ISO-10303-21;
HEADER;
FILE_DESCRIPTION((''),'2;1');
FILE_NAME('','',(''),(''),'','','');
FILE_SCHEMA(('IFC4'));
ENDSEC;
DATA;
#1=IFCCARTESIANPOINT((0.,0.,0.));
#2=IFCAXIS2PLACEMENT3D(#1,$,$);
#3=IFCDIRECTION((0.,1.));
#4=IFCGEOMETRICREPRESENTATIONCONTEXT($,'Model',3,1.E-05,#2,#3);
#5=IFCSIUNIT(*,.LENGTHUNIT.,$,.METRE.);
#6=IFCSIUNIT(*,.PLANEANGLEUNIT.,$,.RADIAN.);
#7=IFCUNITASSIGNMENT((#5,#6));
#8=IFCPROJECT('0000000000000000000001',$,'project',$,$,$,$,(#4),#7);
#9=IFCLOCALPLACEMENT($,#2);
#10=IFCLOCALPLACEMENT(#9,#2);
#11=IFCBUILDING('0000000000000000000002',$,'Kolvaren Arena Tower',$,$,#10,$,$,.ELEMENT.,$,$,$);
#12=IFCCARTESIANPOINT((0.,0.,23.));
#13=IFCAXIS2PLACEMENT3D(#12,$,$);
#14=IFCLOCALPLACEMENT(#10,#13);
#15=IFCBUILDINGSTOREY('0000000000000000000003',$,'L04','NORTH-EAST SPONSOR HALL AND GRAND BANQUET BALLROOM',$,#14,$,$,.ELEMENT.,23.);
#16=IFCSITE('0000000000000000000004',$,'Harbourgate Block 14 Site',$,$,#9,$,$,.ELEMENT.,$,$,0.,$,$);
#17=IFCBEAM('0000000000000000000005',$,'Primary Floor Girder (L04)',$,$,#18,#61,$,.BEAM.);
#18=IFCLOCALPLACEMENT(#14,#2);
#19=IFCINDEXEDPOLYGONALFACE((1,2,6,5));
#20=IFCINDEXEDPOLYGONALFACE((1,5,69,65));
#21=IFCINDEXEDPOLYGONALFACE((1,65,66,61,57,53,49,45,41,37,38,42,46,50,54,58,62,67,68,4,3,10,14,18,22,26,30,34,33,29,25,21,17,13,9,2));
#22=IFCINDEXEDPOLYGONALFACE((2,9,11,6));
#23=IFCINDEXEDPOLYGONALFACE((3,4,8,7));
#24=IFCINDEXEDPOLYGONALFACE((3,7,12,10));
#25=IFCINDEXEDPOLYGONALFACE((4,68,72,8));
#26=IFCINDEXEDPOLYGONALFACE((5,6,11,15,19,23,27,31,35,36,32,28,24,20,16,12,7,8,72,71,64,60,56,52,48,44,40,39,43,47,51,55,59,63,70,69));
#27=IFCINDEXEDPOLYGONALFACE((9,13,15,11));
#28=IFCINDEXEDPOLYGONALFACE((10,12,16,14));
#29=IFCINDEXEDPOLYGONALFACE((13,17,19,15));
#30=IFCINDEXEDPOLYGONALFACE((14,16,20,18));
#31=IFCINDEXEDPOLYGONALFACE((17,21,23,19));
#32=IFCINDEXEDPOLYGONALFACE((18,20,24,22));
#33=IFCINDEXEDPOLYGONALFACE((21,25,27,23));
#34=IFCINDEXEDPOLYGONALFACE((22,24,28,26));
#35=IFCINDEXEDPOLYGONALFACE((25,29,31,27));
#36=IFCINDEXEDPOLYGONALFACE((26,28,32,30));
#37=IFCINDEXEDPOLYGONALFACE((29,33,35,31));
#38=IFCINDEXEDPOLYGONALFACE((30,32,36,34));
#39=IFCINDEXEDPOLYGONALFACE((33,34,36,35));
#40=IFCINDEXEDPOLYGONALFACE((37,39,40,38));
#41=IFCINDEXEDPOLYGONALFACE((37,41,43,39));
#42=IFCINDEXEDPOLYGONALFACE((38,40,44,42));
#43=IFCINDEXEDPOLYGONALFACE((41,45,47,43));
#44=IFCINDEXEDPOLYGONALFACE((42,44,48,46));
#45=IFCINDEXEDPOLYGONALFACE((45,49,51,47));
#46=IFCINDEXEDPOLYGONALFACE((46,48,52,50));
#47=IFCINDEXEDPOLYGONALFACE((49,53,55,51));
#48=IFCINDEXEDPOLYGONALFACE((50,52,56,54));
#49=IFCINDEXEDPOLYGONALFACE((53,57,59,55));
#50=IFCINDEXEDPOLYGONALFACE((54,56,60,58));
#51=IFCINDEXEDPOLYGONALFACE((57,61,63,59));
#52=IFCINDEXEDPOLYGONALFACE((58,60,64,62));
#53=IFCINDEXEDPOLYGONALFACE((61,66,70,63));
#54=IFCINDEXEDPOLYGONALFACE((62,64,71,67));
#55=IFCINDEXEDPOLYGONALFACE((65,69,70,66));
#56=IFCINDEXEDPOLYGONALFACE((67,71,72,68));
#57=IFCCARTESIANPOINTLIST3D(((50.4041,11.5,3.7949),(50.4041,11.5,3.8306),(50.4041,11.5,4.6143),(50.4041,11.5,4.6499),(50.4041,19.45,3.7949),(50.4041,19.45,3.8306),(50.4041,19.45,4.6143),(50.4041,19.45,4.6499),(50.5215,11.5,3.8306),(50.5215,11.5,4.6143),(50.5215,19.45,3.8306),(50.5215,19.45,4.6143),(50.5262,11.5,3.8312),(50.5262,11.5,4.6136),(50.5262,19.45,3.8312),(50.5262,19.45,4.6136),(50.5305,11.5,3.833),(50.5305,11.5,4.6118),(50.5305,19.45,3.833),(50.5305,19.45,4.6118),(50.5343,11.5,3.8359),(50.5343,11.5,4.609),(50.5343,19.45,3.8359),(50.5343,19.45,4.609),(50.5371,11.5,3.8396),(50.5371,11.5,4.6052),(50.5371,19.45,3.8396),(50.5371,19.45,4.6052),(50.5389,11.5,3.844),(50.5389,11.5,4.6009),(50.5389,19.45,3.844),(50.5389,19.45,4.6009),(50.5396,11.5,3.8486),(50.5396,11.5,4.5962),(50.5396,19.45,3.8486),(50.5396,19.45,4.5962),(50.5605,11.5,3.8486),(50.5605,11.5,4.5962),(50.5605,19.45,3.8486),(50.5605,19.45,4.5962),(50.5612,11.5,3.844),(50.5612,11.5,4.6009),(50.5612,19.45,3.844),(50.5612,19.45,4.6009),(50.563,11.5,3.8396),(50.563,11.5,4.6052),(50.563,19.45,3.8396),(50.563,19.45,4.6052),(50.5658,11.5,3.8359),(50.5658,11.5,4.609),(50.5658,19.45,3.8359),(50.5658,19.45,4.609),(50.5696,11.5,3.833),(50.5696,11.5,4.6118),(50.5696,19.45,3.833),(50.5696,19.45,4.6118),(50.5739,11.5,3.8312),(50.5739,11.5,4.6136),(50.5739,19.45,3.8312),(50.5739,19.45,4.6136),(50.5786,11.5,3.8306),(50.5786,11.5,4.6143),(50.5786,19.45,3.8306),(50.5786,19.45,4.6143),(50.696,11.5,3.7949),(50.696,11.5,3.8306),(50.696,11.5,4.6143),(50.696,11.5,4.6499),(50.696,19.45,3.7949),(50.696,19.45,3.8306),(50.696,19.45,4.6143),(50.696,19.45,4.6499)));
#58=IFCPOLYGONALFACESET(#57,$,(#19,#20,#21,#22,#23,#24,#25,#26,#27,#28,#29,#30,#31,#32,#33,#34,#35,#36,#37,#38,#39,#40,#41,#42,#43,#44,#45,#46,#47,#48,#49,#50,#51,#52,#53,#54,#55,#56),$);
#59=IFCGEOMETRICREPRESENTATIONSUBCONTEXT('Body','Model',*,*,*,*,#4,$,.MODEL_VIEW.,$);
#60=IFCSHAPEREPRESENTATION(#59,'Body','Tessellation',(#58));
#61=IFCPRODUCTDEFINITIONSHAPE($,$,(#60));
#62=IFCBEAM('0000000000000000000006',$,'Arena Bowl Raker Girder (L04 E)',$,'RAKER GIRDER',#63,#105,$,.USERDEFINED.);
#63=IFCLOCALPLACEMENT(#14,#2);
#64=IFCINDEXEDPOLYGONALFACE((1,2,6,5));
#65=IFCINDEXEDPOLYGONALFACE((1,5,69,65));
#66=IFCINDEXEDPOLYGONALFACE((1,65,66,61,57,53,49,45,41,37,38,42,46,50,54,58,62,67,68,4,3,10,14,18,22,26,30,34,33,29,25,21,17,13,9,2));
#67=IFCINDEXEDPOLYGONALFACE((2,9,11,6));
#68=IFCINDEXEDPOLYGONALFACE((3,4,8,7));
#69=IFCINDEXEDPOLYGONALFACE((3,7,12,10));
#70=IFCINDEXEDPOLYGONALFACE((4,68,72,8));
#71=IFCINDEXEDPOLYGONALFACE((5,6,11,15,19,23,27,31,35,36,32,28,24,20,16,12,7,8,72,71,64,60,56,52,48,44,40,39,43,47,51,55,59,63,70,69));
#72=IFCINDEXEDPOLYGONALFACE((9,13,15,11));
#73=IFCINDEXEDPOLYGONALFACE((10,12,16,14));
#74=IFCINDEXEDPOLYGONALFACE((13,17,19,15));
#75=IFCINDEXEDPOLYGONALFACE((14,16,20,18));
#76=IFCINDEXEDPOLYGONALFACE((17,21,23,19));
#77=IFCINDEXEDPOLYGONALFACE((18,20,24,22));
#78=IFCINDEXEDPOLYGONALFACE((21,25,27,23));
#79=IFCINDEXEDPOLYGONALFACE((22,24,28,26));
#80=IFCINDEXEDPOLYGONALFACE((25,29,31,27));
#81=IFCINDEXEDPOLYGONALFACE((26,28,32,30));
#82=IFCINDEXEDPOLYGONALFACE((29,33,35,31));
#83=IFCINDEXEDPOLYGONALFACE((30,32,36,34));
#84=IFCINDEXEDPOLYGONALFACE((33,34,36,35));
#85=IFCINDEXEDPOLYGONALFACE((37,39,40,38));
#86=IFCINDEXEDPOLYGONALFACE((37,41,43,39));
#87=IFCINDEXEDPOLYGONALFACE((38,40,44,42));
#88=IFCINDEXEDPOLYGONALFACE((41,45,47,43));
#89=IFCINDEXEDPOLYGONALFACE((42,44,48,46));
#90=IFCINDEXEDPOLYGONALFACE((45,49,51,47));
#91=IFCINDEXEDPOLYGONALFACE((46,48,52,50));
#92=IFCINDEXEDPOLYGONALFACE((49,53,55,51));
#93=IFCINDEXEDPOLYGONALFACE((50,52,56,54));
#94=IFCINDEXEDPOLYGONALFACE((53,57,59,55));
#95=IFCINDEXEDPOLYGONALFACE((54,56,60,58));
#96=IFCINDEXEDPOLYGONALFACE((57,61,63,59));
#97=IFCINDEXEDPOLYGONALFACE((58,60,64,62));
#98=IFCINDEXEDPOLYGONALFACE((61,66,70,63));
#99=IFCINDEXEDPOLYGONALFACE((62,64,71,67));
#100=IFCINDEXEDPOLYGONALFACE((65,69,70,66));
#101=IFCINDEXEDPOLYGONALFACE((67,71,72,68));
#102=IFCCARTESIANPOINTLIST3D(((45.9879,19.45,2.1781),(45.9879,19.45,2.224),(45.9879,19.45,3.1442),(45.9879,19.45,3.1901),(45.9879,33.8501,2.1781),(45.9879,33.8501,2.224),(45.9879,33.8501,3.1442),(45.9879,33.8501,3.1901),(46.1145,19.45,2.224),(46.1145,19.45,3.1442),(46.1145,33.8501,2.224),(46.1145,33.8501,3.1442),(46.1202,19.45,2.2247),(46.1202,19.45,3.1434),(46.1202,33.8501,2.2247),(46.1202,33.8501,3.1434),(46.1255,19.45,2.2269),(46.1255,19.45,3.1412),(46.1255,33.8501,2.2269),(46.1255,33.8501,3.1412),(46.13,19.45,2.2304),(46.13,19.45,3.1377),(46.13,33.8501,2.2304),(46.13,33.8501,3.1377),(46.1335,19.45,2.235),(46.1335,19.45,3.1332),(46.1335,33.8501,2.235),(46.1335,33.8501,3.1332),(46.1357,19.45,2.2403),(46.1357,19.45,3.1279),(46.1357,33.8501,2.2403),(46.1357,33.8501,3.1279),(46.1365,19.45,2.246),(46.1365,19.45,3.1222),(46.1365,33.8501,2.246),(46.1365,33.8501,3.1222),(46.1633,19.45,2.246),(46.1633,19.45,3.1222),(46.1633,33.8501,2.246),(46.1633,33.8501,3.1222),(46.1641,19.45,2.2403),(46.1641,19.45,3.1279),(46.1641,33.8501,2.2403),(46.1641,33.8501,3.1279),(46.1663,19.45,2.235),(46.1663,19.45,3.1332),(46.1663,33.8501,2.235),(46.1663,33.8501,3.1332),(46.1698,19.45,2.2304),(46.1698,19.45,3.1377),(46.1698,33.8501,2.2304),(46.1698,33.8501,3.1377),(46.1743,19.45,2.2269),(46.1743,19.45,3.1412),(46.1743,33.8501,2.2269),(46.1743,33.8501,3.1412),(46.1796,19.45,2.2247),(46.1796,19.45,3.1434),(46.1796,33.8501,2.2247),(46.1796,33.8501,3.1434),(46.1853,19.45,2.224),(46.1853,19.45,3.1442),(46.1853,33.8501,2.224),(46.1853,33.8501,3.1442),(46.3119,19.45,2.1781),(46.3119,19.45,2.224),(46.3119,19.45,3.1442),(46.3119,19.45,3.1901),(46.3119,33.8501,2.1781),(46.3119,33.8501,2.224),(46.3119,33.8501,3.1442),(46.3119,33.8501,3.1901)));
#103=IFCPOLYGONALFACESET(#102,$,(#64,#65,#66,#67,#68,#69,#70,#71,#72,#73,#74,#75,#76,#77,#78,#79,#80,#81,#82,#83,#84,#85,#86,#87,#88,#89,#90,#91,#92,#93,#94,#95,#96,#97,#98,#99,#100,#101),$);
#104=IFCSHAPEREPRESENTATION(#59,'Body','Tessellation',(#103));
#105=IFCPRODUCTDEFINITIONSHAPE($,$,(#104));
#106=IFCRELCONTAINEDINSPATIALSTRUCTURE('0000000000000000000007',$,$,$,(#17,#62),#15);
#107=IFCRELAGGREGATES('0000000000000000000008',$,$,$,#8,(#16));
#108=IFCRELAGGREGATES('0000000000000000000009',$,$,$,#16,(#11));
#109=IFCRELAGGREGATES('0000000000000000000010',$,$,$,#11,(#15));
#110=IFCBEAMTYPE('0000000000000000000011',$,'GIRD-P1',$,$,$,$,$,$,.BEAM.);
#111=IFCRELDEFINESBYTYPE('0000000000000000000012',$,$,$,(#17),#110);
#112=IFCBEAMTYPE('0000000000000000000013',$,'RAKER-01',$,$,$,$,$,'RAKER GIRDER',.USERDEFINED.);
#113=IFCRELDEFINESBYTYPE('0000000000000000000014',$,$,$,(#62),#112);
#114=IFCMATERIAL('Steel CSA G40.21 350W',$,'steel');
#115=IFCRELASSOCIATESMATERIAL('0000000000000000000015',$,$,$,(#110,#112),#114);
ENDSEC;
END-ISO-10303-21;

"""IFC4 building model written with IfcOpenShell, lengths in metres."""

from ifc_helpers import new_model, si_unit, direction, frame, origin, origin_2d, place, context, subcontext, project, spatial, i_section, extrude, material, material_profile, profile_set, type_object, element, save


model = new_model("IFC4")

# Units and contexts
model_context = context("Model", 3, precision=1e-05, world=origin(), true_north=direction((0.0, 1.0)))
body_context = subcontext(model_context, "Body", "Model", "MODEL_VIEW")
ifc_project = project(units=[si_unit("LENGTHUNIT", "METRE"), si_unit("PLANEANGLEUNIT", "RADIAN")], contexts=[model_context])

# Site, building, storey
site_placement = place(None, origin())
site = spatial("IfcSite", under=ifc_project, at=site_placement, Name="Harbourgate Block 14 Site", CompositionType="ELEMENT", RefElevation=0.0)
building_placement = place(site_placement, origin())
building = spatial("IfcBuilding", under=site, at=building_placement, Name="Kolvaren Arena Tower", CompositionType="ELEMENT")
storey_placement = place(building_placement, frame((0.0, 0.0, 23.0)))
storey = spatial("IfcBuildingStorey", under=building, at=storey_placement, Name="L04", Description="NORTH-EAST SPONSOR HALL AND GRAND BANQUET BALLROOM", CompositionType="ELEMENT", Elevation=23.0)

# Beams
ifc_material_1 = material(Name="Steel CSA G40.21 350W", Category="steel")
ifc_material_profile_1 = material_profile(ifc_material_1, i_section(OverallWidth=0.292, OverallDepth=0.855, WebThickness=0.021, FlangeThickness=0.0356, FilletRadius=0.0181, at=origin_2d()), Name="W840x299")
ifc_profile_set_1 = profile_set([ifc_material_profile_1], Name="Steel CSA G40.21 350W")
beam_type_1 = type_object("IfcBeamType", Name="GIRD-P1", PredefinedType="BEAM", material=ifc_profile_set_1)
beam_1_placement = place(storey_placement, frame((50.55, 11.5, 4.2224), z_axis=(0.0, 1.0, 0.0), x_axis=(-1.0, 0.0, 0.0)))
element("IfcBeam", 1, at=beam_1_placement, inside=storey, type_object=beam_type_1, Name="Primary Floor Girder (L04)", PredefinedType="BEAM", context=body_context, shape_type="SweptSolid", body=[
    extrude(i_section(OverallWidth=0.292, OverallDepth=0.855, WebThickness=0.021, FlangeThickness=0.0356, FilletRadius=0.0181, at=origin_2d()), origin(), (0.0, 0.0, 1.0), 7.95),
])
ifc_material_profile_2 = material_profile(ifc_material_1, i_section(OverallWidth=0.324, OverallDepth=1.012, WebThickness=0.0269, FlangeThickness=0.0459, FilletRadius=0.022, at=origin_2d()), Name="W1000x443")
ifc_profile_set_2 = profile_set([ifc_material_profile_2], Name="Steel CSA G40.21 350W")
beam_type_2 = type_object("IfcBeamType", Name="RAKER-01", ElementType="RAKER GIRDER", PredefinedType="USERDEFINED", material=ifc_profile_set_2)
beam_2_placement = place(storey_placement, frame((46.1499, 19.45, 2.6841), z_axis=(0.0, 1.0, 0.0), x_axis=(-1.0, 0.0, 0.0)))
element("IfcBeam", 2, at=beam_2_placement, inside=storey, type_object=beam_type_2, Name="Arena Bowl Raker Girder (L04 E)", ObjectType="RAKER GIRDER", PredefinedType="USERDEFINED", context=body_context, shape_type="SweptSolid", body=[
    extrude(i_section(OverallWidth=0.324, OverallDepth=1.012, WebThickness=0.0269, FlangeThickness=0.0459, FilletRadius=0.022, at=origin_2d()), origin(), (0.0, 0.0, 1.0), 14.4001),
])

save(model, "model.ifc")
